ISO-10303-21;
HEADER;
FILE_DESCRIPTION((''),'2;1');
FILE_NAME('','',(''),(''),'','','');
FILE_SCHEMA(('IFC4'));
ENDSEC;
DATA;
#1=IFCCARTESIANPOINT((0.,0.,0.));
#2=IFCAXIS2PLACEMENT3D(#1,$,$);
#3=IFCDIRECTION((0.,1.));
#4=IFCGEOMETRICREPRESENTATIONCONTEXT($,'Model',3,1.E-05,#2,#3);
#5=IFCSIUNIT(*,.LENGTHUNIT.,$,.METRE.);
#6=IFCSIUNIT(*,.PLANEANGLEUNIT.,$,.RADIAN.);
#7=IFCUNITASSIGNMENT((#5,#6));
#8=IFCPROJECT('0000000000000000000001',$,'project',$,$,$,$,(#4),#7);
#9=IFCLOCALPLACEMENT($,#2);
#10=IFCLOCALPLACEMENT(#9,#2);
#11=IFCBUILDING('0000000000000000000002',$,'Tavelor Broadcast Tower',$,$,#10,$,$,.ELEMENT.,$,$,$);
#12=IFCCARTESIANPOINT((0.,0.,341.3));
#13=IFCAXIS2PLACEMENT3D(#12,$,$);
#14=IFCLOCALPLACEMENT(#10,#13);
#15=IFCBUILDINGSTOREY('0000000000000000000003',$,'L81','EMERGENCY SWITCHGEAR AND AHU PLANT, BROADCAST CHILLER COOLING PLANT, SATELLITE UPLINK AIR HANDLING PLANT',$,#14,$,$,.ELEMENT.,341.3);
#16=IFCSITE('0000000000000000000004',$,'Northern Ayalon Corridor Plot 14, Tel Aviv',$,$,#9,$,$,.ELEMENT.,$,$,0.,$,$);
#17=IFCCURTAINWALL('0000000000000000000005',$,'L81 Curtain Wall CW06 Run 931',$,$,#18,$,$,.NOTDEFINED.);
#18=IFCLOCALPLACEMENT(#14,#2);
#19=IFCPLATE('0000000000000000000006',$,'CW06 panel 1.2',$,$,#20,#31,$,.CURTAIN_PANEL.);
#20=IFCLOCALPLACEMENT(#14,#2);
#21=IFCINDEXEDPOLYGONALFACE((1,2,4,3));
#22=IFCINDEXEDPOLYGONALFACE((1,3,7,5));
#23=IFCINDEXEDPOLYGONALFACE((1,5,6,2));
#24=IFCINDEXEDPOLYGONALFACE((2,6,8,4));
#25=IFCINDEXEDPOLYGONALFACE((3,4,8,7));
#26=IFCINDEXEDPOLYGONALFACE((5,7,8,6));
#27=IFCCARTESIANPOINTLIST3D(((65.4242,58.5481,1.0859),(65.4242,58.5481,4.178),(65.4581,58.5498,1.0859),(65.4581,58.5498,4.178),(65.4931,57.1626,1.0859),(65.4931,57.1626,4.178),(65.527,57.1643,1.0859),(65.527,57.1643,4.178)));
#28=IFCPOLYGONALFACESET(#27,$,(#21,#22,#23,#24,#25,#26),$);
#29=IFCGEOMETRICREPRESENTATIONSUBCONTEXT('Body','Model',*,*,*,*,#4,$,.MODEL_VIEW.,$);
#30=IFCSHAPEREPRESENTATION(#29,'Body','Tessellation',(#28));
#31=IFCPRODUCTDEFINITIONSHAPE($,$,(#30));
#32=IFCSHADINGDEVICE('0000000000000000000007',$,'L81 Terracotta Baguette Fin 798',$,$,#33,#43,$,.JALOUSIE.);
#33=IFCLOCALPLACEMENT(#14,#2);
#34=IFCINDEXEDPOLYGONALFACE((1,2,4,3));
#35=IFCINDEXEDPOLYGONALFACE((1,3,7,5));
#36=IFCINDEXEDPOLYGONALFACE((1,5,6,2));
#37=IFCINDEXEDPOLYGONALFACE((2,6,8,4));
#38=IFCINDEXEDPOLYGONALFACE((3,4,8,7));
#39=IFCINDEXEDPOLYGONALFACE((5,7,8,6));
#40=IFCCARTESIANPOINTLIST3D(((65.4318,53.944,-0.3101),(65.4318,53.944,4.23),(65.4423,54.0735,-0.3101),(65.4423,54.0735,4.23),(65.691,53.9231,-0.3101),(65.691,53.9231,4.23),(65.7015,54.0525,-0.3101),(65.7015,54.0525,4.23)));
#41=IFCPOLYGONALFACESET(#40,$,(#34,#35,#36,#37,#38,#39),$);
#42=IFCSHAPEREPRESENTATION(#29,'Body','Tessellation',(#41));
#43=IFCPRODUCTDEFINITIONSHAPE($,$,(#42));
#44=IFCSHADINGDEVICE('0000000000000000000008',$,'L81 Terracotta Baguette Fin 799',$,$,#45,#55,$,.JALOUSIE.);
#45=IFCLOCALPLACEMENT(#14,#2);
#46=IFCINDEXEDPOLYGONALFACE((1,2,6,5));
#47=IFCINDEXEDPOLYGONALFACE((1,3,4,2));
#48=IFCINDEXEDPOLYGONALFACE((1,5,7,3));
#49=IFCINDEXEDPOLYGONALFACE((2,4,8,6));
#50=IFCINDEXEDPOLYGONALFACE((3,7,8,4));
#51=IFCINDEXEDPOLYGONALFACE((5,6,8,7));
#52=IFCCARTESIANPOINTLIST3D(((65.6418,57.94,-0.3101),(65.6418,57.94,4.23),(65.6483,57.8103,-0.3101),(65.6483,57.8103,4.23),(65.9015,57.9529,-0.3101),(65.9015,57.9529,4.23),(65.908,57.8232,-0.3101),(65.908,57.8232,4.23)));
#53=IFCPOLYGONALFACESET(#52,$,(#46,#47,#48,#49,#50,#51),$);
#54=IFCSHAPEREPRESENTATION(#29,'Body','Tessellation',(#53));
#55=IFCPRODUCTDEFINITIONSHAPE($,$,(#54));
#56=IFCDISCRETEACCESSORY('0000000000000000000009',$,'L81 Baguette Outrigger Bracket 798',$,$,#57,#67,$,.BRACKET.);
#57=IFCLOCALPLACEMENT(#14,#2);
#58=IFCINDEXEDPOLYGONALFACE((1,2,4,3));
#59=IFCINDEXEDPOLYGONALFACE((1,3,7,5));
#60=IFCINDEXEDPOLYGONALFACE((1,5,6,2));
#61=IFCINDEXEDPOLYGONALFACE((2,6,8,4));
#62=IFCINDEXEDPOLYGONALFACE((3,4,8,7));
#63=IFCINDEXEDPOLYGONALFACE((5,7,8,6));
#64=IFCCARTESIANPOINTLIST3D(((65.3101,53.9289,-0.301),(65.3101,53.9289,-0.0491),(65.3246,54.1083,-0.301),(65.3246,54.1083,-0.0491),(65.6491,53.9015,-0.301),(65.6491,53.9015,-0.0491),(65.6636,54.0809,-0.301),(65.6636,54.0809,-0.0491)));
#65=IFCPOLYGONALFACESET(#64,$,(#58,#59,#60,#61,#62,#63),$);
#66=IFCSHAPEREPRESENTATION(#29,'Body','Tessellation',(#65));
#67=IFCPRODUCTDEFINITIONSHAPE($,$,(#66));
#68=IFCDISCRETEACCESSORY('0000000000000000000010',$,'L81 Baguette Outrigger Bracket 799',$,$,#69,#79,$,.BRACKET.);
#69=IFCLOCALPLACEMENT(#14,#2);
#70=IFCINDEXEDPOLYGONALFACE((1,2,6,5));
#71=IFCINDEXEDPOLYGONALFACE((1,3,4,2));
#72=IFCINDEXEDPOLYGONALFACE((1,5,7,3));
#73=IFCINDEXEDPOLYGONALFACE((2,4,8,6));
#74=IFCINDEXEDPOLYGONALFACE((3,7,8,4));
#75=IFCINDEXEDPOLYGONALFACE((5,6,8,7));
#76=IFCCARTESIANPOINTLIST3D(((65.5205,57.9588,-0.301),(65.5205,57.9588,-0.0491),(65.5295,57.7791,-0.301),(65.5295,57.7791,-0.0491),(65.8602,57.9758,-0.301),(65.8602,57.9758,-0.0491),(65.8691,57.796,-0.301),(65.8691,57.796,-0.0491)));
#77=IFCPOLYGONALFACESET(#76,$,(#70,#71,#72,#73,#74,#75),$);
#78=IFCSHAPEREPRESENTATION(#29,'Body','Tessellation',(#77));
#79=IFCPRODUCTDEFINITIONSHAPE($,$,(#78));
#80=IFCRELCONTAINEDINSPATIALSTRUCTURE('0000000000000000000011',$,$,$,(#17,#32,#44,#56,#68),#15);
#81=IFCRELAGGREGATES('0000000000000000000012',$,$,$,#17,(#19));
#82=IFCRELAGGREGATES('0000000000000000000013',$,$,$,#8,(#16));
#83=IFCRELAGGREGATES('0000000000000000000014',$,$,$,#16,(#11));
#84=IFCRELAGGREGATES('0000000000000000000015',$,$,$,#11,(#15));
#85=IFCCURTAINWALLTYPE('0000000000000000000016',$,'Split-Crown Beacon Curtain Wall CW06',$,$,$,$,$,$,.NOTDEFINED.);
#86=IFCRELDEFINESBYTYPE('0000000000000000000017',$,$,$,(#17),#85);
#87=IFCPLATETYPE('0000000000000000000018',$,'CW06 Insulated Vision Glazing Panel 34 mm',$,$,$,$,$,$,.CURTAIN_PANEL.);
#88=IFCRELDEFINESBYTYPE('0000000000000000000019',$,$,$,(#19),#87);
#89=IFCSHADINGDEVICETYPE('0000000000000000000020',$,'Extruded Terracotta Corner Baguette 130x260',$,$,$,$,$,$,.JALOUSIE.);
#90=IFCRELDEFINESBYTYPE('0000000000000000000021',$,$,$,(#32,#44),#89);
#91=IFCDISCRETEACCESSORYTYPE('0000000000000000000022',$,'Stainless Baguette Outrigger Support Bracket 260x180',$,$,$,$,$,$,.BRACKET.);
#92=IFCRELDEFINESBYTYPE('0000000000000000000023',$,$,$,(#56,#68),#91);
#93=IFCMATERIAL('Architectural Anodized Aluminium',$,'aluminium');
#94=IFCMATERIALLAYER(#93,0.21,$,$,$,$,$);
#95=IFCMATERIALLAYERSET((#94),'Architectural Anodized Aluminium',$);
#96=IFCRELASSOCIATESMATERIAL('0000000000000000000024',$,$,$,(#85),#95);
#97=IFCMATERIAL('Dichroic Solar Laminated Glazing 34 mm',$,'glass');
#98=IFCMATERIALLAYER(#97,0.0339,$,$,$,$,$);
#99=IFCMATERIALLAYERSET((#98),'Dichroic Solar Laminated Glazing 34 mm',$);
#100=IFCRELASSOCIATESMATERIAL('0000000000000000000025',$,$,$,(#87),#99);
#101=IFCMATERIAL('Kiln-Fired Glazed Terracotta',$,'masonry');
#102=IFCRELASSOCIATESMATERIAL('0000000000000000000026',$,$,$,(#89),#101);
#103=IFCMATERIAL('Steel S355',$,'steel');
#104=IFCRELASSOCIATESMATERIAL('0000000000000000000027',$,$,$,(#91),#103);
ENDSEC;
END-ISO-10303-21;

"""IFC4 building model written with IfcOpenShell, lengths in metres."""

from ifc_helpers import new_model, si_unit, direction, frame, origin, origin_2d, place, context, subcontext, project, spatial, rectangle, extrude, source, transform, mapped, material, layer, layer_set, type_object, type_shapes, element, aggregate, save


model = new_model("IFC4")

# Units and contexts
model_context = context("Model", 3, precision=1e-05, world=origin(), true_north=direction((0.0, 1.0)))
body_context = subcontext(model_context, "Body", "Model", "MODEL_VIEW")
ifc_project = project(units=[si_unit("LENGTHUNIT", "METRE"), si_unit("PLANEANGLEUNIT", "RADIAN")], contexts=[model_context])

# Site, building, storey
site_placement = place(None, origin())
site = spatial("IfcSite", under=ifc_project, at=site_placement, Name="Northern Ayalon Corridor Plot 14, Tel Aviv", CompositionType="ELEMENT", RefElevation=0.0)
building_placement = place(site_placement, origin())
building = spatial("IfcBuilding", under=site, at=building_placement, Name="Tavelor Broadcast Tower", CompositionType="ELEMENT")
storey_placement = place(building_placement, frame((0.0, 0.0, 341.3)))
storey = spatial("IfcBuildingStorey", under=building, at=storey_placement, Name="L81", Description="EMERGENCY SWITCHGEAR AND AHU PLANT, BROADCAST CHILLER COOLING PLANT, SATELLITE UPLINK AIR HANDLING PLANT", CompositionType="ELEMENT", Elevation=341.3)

# Shared definitions
ifc_material_1 = material(Name="Steel S355", Category="steel")

# Curtain wall
ifc_material_2 = material(Name="Architectural Anodized Aluminium", Category="aluminium")
ifc_layer_1 = layer(ifc_material_2, 0.21)
ifc_layer_set_1 = layer_set([ifc_layer_1], Name="Architectural Anodized Aluminium")
curtain_wall_type = type_object("IfcCurtainWallType", Name="Split-Crown Beacon Curtain Wall CW06", PredefinedType="NOTDEFINED", material=ifc_layer_set_1)
curtain_wall_1_placement = place(storey_placement, origin())
curtain_wall_1 = element("IfcCurtainWall", 1, at=curtain_wall_1_placement, inside=storey, type_object=curtain_wall_type, Name="L81 Curtain Wall CW06 Run 931", PredefinedType="NOTDEFINED")

# Plate
ifc_material_3 = material(Name="Dichroic Solar Laminated Glazing 34 mm", Category="glass")
ifc_layer_2 = layer(ifc_material_3, 0.0339)
ifc_layer_set_2 = layer_set([ifc_layer_2], Name="Dichroic Solar Laminated Glazing 34 mm")
plate_type_1 = type_object("IfcPlateType", Name="CW06 Insulated Vision Glazing Panel 34 mm", PredefinedType="CURTAIN_PANEL", material=ifc_layer_set_2)
shared_shape_1 = source(origin(), body_context, "Body", "SweptSolid", [
    extrude(rectangle(XDim=1.3872, YDim=0.0339, at=origin_2d()), origin(), (0.0, 0.0, 1.0), 3.092),
])
plate_1_placement = place(storey_placement, frame((65.4756, 57.8562, 1.0859), z_axis=(0.0, 0.0, 1.0), x_axis=(-0.0497, 0.998764, 0.0)))
plate_1 = element("IfcPlate", 2, at=plate_1_placement, type_object=plate_type_1, Name="CW06 panel 1.2", PredefinedType="CURTAIN_PANEL", context=body_context, shape_type="MappedRepresentation", body=[
    mapped(shared_shape_1, transform((0.0, 0.0, 0.0), scale=1.0)),
])
aggregate(curtain_wall_1, [plate_1])

# Shading devices
ifc_material_4 = material(Name="Kiln-Fired Glazed Terracotta", Category="masonry")
shading_device_type = type_object("IfcShadingDeviceType", Name="Extruded Terracotta Corner Baguette 130x260", PredefinedType="JALOUSIE", material=ifc_material_4)
shared_shape_2 = source(origin(), body_context, "Body", "SweptSolid", [
    extrude(rectangle(XDim=0.1299, YDim=0.26, at=origin_2d()), origin(), (0.0, 0.0, 1.0), 4.54),
])
type_shapes(shading_device_type, [shared_shape_2])
for number, where, z_axis, x_axis, name in (
    (3, (65.5667, 53.9983, -0.3101), (0.0, 0.0, 1.0), (0.080547, 0.996751, 0.0), "L81 Terracotta Baguette Fin 798"),
    (4, (65.7749, 57.8816, -0.3101), (0.0, 0.0, 1.0), (-0.049721, 0.998763, 0.0), "L81 Terracotta Baguette Fin 799"),
):
    element("IfcShadingDevice", number, at=place(storey_placement, frame(where, z_axis=z_axis, x_axis=x_axis)), inside=storey, type_object=shading_device_type, Name=name, PredefinedType="JALOUSIE", context=body_context, shape_type="MappedRepresentation", body=[
        mapped(shared_shape_2, transform((0.0, 0.0, 0.0), scale=1.0)),
    ])

# Discrete accessories
discrete_accessory_type = type_object("IfcDiscreteAccessoryType", Name="Stainless Baguette Outrigger Support Bracket 260x180", PredefinedType="BRACKET", material=ifc_material_1)
shared_shape_3 = source(origin(), body_context, "Body", "SweptSolid", [
    extrude(rectangle(XDim=0.1799, YDim=0.3401, at=origin_2d()), origin(), (0.0, 0.0, 1.0), 0.252),
])
type_shapes(discrete_accessory_type, [shared_shape_3])
for number, where, z_axis, x_axis, name in (
    (5, (65.4868, 54.0049, -0.301), (0.0, 0.0, 1.0), (0.080547, 0.996751, 0.0), "L81 Baguette Outrigger Bracket 798"),
    (6, (65.6948, 57.8774, -0.301), (0.0, 0.0, 1.0), (-0.049721, 0.998763, 0.0), "L81 Baguette Outrigger Bracket 799"),
):
    element("IfcDiscreteAccessory", number, at=place(storey_placement, frame(where, z_axis=z_axis, x_axis=x_axis)), inside=storey, type_object=discrete_accessory_type, Name=name, PredefinedType="BRACKET", context=body_context, shape_type="MappedRepresentation", body=[
        mapped(shared_shape_3, transform((0.0, 0.0, 0.0), scale=1.0)),
    ])

save(model, "model.ifc")
